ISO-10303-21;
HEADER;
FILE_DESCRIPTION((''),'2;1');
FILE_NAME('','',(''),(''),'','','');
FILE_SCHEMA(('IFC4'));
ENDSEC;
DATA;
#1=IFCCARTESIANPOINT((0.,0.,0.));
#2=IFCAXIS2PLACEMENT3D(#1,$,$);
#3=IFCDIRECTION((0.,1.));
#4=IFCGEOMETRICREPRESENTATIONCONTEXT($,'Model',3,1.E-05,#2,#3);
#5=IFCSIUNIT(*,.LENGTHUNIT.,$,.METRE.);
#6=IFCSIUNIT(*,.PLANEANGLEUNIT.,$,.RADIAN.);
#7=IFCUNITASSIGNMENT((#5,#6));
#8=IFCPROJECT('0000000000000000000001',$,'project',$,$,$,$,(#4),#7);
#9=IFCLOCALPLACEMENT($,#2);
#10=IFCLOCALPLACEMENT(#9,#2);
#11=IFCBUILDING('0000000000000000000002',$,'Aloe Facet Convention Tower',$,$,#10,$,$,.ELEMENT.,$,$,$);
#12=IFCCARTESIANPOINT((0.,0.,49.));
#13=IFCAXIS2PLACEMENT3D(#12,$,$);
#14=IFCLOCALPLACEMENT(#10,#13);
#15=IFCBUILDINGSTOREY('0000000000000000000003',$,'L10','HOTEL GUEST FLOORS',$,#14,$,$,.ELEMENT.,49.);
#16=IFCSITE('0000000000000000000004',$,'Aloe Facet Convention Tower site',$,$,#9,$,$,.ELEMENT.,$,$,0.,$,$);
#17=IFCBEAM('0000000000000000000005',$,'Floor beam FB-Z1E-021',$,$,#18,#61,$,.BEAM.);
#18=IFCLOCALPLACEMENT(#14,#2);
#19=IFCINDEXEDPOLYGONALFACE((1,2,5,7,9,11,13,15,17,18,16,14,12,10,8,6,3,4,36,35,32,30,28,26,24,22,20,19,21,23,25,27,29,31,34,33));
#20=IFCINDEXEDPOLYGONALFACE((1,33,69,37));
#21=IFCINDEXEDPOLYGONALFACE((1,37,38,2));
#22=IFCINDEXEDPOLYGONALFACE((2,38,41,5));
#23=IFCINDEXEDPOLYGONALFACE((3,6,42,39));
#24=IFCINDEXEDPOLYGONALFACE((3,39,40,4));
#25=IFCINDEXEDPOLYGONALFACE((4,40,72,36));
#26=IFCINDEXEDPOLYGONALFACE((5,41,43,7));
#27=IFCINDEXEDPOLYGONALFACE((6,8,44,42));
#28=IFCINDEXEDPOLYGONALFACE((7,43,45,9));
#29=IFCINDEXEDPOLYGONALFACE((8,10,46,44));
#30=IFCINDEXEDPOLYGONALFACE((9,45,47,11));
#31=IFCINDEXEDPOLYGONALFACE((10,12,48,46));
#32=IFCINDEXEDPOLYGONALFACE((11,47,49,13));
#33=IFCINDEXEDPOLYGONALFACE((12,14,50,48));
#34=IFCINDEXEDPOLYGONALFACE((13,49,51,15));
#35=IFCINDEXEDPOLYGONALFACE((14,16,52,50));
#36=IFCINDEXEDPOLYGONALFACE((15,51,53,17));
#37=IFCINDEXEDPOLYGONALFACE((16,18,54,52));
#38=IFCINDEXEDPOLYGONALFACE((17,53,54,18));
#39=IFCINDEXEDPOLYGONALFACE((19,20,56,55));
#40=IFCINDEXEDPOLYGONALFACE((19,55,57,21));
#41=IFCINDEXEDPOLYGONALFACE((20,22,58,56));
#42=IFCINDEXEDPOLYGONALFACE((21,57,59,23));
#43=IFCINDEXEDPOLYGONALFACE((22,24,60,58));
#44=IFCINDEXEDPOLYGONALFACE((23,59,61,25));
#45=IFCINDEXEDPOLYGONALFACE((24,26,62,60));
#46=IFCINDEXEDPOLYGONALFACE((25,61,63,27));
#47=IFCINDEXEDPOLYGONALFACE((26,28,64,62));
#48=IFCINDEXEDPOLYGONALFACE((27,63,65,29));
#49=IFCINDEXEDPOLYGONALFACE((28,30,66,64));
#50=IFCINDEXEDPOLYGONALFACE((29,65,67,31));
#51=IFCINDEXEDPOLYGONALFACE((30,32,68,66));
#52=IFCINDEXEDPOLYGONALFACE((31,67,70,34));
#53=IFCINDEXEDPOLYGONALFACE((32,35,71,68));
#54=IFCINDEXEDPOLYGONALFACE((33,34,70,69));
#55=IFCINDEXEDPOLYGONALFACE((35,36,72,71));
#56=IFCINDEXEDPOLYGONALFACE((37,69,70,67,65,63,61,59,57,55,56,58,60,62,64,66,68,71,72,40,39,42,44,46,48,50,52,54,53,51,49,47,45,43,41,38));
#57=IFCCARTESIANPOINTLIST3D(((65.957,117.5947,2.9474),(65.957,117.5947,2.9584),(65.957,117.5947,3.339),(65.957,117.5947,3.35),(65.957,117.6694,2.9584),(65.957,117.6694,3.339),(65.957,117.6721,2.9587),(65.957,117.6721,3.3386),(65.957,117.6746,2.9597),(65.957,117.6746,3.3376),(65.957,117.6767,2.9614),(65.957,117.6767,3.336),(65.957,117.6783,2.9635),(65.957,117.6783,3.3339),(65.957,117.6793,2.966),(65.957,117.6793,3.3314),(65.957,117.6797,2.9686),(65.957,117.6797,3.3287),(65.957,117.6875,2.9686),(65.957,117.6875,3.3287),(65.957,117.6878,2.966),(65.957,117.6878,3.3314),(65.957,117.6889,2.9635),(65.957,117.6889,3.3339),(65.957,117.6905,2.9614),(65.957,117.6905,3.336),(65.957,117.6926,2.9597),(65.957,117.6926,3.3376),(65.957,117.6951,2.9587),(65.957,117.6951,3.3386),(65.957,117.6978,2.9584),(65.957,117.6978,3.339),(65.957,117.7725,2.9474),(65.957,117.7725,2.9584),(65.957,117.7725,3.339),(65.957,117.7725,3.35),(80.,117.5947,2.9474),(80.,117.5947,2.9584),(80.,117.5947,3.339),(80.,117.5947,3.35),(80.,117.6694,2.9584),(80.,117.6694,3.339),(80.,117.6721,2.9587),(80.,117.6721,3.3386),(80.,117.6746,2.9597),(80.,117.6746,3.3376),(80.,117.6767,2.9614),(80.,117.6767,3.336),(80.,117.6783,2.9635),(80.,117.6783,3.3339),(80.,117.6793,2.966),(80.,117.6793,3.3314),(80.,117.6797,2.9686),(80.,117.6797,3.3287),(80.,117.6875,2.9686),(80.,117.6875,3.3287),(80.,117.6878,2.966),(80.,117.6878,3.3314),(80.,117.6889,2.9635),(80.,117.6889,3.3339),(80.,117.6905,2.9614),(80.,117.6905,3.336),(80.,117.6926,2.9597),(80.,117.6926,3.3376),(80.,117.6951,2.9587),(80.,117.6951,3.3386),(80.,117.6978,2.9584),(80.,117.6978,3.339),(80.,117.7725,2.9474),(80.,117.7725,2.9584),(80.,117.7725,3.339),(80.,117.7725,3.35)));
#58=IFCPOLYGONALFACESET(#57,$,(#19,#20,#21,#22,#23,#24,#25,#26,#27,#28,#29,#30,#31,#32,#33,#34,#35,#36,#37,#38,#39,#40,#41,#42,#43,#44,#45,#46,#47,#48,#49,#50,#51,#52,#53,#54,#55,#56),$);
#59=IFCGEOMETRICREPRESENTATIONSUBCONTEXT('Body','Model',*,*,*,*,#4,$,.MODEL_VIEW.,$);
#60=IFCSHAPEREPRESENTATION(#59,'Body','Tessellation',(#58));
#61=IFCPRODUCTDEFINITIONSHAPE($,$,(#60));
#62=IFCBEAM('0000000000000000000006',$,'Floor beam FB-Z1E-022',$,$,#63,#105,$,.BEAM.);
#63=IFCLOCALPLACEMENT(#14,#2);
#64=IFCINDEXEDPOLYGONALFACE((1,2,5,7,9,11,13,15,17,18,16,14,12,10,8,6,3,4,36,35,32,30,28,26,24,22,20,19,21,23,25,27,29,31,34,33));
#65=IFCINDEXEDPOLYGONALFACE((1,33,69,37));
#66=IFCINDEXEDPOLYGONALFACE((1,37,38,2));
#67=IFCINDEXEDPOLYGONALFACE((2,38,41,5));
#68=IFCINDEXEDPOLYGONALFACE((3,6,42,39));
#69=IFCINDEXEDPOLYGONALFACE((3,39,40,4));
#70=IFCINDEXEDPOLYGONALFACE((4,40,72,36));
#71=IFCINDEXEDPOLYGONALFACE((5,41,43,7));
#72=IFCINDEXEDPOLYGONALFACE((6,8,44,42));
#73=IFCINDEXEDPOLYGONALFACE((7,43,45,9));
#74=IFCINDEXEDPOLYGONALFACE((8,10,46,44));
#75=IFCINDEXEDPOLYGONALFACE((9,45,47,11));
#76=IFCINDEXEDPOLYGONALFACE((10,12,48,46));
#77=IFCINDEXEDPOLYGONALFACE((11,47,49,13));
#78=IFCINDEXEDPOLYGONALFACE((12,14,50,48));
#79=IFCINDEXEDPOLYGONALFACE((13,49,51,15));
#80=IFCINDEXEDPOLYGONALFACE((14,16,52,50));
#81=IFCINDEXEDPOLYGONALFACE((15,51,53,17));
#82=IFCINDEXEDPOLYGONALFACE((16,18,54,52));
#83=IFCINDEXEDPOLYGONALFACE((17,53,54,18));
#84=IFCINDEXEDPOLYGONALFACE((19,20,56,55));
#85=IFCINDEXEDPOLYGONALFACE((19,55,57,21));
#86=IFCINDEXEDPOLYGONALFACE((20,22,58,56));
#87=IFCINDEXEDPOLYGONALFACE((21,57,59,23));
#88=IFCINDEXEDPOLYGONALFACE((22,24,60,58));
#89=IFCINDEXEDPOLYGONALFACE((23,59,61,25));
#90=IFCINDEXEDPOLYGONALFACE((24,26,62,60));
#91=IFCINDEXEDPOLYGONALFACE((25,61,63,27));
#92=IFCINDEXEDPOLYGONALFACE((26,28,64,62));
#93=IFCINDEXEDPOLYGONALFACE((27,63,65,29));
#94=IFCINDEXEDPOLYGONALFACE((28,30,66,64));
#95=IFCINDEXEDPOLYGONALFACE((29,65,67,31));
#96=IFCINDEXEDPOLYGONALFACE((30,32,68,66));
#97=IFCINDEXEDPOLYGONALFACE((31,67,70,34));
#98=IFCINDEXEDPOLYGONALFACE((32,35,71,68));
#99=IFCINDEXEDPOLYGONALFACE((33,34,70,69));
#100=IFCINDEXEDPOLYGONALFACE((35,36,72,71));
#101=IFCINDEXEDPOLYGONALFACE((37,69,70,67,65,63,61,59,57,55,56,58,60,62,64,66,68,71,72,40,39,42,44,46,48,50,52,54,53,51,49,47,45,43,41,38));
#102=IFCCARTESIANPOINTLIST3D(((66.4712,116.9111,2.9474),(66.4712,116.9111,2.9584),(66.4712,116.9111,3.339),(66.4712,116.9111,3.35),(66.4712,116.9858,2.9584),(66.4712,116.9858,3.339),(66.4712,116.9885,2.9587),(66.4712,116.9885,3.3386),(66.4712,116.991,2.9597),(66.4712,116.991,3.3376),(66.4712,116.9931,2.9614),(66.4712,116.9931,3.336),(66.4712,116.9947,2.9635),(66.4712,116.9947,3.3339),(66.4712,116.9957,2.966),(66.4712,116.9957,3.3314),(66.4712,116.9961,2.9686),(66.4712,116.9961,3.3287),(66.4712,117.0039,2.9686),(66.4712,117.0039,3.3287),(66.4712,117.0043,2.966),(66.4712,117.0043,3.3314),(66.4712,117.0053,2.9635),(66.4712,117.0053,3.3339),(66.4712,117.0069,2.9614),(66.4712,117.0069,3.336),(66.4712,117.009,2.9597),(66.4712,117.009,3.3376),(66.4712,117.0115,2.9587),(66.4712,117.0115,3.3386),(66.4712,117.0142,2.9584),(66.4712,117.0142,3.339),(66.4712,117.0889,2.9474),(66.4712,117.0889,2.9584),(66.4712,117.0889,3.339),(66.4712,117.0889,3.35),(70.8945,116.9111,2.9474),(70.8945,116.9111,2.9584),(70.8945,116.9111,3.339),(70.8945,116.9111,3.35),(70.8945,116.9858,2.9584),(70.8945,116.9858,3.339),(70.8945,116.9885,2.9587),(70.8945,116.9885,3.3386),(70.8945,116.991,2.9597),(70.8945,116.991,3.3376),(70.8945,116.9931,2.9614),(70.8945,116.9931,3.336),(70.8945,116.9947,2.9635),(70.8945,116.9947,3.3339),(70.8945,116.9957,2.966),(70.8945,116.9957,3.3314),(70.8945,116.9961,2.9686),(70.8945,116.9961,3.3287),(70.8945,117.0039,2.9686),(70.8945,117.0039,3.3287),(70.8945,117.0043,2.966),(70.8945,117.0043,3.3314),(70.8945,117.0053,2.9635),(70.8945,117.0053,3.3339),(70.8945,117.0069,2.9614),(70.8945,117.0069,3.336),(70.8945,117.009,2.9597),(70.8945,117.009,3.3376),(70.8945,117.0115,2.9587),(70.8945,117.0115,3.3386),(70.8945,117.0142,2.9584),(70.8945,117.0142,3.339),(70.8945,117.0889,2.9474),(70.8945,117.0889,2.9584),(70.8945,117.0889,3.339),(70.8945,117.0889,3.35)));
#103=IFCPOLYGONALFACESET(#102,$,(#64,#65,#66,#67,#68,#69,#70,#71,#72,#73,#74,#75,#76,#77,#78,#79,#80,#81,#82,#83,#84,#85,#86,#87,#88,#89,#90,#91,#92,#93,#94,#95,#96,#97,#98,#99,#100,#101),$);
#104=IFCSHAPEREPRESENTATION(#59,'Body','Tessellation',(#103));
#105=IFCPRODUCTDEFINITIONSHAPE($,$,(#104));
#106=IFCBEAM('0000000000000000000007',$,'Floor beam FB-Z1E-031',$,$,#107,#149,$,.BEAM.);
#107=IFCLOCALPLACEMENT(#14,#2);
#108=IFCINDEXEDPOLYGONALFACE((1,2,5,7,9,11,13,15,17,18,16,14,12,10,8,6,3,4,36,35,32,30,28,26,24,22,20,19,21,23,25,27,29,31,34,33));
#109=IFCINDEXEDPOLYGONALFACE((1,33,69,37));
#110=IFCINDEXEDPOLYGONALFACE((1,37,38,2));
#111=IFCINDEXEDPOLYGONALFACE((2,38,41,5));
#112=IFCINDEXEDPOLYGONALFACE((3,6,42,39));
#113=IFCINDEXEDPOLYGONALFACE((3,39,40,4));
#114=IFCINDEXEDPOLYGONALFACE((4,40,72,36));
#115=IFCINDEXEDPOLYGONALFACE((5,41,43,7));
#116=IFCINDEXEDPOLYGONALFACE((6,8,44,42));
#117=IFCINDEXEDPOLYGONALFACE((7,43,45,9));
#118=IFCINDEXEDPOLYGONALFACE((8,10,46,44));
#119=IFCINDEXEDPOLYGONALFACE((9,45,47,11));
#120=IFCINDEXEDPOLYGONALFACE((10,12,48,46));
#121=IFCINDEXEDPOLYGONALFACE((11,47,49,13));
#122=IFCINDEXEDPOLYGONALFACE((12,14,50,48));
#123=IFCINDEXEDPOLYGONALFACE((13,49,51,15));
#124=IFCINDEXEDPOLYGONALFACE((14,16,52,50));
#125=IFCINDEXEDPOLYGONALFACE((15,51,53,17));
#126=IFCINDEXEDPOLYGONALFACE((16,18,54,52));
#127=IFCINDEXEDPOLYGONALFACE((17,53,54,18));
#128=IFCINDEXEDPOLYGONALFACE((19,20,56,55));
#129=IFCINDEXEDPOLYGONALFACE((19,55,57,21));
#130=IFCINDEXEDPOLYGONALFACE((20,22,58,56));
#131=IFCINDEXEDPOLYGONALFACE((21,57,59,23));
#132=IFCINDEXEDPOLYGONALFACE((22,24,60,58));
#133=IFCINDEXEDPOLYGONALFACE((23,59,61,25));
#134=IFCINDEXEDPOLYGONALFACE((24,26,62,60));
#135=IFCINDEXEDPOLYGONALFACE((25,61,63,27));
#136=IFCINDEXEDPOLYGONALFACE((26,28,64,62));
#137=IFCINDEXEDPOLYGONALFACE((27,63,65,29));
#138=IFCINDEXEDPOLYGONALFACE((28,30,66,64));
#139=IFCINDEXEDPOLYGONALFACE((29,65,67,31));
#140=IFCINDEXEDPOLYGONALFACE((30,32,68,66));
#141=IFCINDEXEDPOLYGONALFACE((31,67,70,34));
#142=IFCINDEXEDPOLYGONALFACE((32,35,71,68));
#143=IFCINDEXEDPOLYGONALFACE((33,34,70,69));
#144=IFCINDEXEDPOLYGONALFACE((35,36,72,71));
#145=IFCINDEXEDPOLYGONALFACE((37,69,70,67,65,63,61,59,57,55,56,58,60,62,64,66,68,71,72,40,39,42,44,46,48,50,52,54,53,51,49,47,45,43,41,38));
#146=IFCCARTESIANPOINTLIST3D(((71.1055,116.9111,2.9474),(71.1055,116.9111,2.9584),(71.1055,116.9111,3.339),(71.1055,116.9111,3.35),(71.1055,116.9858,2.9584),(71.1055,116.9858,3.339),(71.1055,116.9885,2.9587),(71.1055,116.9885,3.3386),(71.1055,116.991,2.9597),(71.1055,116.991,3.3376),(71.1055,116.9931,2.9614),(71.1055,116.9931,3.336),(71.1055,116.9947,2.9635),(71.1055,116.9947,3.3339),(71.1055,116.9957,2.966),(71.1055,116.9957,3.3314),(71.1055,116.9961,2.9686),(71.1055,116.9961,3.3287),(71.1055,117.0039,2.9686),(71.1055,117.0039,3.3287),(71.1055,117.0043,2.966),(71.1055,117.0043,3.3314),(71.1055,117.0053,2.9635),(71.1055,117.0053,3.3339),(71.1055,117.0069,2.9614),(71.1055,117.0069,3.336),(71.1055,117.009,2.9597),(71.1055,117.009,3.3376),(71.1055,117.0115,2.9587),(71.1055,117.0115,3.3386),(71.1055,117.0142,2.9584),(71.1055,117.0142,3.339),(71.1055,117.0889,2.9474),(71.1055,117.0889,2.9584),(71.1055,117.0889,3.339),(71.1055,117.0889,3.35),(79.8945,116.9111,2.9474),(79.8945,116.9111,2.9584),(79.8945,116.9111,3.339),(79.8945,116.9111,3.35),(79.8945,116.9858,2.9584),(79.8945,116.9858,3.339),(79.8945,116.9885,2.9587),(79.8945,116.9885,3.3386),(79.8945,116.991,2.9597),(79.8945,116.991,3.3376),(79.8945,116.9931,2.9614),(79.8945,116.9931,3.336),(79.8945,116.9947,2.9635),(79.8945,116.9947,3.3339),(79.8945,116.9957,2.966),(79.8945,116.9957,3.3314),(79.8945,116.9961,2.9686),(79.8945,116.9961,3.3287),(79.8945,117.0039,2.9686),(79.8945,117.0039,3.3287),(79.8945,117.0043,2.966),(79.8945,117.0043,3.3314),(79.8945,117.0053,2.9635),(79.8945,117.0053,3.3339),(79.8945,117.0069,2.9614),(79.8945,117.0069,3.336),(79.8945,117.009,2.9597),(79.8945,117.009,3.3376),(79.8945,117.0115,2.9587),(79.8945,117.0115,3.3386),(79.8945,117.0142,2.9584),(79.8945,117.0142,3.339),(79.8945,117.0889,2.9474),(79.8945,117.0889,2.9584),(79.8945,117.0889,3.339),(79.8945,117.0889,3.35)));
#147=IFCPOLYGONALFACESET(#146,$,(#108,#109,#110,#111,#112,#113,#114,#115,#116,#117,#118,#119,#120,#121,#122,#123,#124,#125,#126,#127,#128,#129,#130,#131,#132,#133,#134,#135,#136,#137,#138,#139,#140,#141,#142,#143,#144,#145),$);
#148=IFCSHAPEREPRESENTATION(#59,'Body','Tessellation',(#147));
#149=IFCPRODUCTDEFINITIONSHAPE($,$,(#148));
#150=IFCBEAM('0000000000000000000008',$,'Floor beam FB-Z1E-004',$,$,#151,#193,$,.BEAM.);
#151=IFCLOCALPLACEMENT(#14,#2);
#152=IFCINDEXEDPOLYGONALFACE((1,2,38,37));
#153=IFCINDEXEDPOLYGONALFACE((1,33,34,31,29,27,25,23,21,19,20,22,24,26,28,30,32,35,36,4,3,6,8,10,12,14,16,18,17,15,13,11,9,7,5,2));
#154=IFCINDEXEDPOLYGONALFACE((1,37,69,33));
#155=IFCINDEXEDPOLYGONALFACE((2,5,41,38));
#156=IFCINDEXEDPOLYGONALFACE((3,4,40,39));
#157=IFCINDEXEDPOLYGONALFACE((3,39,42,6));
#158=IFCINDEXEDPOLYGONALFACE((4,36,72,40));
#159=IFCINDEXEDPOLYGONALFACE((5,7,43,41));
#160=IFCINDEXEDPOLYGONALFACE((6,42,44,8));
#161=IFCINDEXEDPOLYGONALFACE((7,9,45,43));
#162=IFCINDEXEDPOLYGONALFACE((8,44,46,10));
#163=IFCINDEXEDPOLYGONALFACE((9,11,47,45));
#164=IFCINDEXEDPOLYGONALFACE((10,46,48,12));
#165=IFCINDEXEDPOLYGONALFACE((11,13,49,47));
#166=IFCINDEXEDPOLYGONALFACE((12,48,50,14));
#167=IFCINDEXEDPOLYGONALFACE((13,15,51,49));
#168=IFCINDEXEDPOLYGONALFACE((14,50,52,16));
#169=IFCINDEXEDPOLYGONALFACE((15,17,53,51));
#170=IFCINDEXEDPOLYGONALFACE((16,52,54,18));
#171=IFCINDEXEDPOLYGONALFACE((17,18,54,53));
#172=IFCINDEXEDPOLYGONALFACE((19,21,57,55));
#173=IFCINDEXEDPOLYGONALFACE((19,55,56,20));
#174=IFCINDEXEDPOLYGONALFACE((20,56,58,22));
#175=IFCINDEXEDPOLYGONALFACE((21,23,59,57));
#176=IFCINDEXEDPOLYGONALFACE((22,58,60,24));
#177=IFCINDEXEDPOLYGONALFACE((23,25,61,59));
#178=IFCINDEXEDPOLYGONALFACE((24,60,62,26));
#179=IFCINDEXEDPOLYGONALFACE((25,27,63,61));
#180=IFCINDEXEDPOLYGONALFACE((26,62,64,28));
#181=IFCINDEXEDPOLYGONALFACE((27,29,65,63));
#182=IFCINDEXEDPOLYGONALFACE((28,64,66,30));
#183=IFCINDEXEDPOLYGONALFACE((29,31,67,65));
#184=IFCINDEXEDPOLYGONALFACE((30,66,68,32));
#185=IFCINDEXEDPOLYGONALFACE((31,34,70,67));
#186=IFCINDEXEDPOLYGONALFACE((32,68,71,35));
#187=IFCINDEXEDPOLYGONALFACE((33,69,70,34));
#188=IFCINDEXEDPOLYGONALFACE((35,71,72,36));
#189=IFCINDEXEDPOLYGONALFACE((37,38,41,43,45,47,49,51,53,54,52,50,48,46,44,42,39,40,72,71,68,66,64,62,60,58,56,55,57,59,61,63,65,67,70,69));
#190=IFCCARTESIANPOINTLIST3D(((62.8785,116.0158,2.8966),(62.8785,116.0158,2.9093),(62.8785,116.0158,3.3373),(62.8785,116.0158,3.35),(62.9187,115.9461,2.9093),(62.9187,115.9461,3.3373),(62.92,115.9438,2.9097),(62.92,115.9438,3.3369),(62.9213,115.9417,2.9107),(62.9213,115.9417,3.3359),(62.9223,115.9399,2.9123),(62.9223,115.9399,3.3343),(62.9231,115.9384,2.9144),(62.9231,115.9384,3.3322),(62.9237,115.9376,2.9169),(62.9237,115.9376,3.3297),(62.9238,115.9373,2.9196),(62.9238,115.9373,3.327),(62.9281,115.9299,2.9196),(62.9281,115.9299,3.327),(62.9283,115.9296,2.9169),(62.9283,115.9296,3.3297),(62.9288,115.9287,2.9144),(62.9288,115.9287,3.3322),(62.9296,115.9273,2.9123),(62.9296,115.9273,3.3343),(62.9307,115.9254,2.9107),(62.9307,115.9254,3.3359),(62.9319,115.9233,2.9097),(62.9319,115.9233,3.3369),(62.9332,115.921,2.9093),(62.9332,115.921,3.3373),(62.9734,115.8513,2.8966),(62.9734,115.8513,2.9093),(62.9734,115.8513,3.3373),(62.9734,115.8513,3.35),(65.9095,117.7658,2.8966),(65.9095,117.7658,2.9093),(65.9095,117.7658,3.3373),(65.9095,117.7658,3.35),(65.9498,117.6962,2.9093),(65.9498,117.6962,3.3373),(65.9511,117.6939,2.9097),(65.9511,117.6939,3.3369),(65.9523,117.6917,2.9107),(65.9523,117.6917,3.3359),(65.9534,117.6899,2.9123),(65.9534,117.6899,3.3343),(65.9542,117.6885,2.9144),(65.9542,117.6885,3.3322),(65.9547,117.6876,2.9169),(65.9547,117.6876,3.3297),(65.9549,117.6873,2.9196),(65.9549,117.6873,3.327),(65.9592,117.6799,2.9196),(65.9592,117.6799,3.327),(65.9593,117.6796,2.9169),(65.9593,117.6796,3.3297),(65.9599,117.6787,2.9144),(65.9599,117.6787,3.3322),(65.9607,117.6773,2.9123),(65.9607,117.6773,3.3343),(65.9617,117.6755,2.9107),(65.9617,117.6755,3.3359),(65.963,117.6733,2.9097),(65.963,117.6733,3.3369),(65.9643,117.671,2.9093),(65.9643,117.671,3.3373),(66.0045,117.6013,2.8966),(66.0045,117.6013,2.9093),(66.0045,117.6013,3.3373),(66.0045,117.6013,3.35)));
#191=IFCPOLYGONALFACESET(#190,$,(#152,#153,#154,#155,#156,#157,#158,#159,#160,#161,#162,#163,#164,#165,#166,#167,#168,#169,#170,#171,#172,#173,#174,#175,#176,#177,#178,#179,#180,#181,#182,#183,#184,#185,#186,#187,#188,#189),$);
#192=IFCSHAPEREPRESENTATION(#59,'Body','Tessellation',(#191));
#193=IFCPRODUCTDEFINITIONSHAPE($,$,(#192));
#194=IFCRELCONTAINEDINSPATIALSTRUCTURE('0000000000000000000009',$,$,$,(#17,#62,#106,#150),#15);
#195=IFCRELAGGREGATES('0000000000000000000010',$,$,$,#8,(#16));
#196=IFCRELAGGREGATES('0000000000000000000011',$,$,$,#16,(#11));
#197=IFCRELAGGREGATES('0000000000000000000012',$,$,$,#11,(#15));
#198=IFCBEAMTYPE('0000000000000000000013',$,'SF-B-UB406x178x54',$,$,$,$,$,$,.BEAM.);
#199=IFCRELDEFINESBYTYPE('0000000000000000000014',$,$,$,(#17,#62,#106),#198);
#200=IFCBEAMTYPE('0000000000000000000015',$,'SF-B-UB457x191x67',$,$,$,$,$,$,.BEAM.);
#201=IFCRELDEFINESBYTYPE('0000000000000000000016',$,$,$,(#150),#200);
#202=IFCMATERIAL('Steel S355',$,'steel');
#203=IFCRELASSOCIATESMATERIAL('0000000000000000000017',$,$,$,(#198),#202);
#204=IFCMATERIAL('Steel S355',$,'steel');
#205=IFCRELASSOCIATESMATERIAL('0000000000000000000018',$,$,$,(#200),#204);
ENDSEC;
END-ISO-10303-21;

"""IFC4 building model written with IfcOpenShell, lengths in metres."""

from ifc_helpers import new_model, si_unit, direction, frame, origin, origin_2d, place, context, subcontext, project, spatial, i_section, extrude, material, material_profile, profile_set, type_object, element, save


model = new_model("IFC4")

# Units and contexts
model_context = context("Model", 3, precision=1e-05, world=origin(), true_north=direction((0.0, 1.0)))
body_context = subcontext(model_context, "Body", "Model", "MODEL_VIEW")
ifc_project = project(units=[si_unit("LENGTHUNIT", "METRE"), si_unit("PLANEANGLEUNIT", "RADIAN")], contexts=[model_context])

# Site, building, storey
site_placement = place(None, origin())
site = spatial("IfcSite", under=ifc_project, at=site_placement, Name="Aloe Facet Convention Tower site", CompositionType="ELEMENT", RefElevation=0.0)
building_placement = place(site_placement, origin())
building = spatial("IfcBuilding", under=site, at=building_placement, Name="Aloe Facet Convention Tower", CompositionType="ELEMENT")
storey_placement = place(building_placement, frame((0.0, 0.0, 49.0)))
storey = spatial("IfcBuildingStorey", under=building, at=storey_placement, Name="L10", Description="HOTEL GUEST FLOORS", CompositionType="ELEMENT", Elevation=49.0)

# Beams
ifc_material_1 = material(Name="Steel S355", Category="steel")
ifc_material_profile_1 = material_profile(ifc_material_1, i_section(OverallWidth=0.1777, OverallDepth=0.4026, WebThickness=0.0078, FlangeThickness=0.011, FilletRadius=0.0103, at=origin_2d()), Name="UB 406x178x54")
ifc_profile_set_1 = profile_set([ifc_material_profile_1], Name="Steel S355")
beam_type_1 = type_object("IfcBeamType", Name="SF-B-UB406x178x54", PredefinedType="BEAM", material=ifc_profile_set_1)
beam_1_placement = place(storey_placement, frame((65.957, 117.6836, 3.1487), z_axis=(1.0, 0.0, 0.0), x_axis=(0.0, 1.0, 0.0)))
element("IfcBeam", 1, at=beam_1_placement, inside=storey, type_object=beam_type_1, Name="Floor beam FB-Z1E-021", PredefinedType="BEAM", context=body_context, shape_type="SweptSolid", body=[
    extrude(i_section(OverallWidth=0.1777, OverallDepth=0.4026, WebThickness=0.0078, FlangeThickness=0.011, FilletRadius=0.0103, at=origin_2d()), origin(), (0.0, 0.0, 1.0), 14.043),
])
beam_2_placement = place(storey_placement, frame((66.4712, 117.0, 3.1487), z_axis=(1.0, 0.0, 0.0), x_axis=(0.0, 1.0, 0.0)))
element("IfcBeam", 2, at=beam_2_placement, inside=storey, type_object=beam_type_1, Name="Floor beam FB-Z1E-022", PredefinedType="BEAM", context=body_context, shape_type="SweptSolid", body=[
    extrude(i_section(OverallWidth=0.1777, OverallDepth=0.4026, WebThickness=0.0078, FlangeThickness=0.011, FilletRadius=0.0103, at=origin_2d()), origin(), (0.0, 0.0, 1.0), 4.4233),
])
beam_3_placement = place(storey_placement, frame((71.1055, 117.0, 3.1487), z_axis=(1.0, 0.0, 0.0), x_axis=(0.0, 1.0, 0.0)))
element("IfcBeam", 3, at=beam_3_placement, inside=storey, type_object=beam_type_1, Name="Floor beam FB-Z1E-031", PredefinedType="BEAM", context=body_context, shape_type="SweptSolid", body=[
    extrude(i_section(OverallWidth=0.1777, OverallDepth=0.4026, WebThickness=0.0078, FlangeThickness=0.011, FilletRadius=0.0103, at=origin_2d()), origin(), (0.0, 0.0, 1.0), 8.7891),
])
ifc_material_2 = material(Name="Steel S355", Category="steel")
ifc_material_profile_2 = material_profile(ifc_material_2, i_section(OverallWidth=0.1899, OverallDepth=0.4534, WebThickness=0.0085, FlangeThickness=0.0127, FilletRadius=0.0103, at=origin_2d()), Name="UB 457x191x67")
ifc_profile_set_2 = profile_set([ifc_material_profile_2], Name="Steel S355")
beam_type_2 = type_object("IfcBeamType", Name="SF-B-UB457x191x67", PredefinedType="BEAM", material=ifc_profile_set_2)
beam_4_placement = place(storey_placement, frame((65.957, 117.6836, 3.1233), z_axis=(-0.866019, -0.50001, 0.0), x_axis=(0.50001, -0.866019, 0.0)))
element("IfcBeam", 4, at=beam_4_placement, inside=storey, type_object=beam_type_2, Name="Floor beam FB-Z1E-004", PredefinedType="BEAM", context=body_context, shape_type="SweptSolid", body=[
    extrude(i_section(OverallWidth=0.1899, OverallDepth=0.4534, WebThickness=0.0085, FlangeThickness=0.0127, FilletRadius=0.0103, at=origin_2d()), origin(), (0.0, 0.0, 1.0), 3.5),
])

save(model, "model.ifc")
